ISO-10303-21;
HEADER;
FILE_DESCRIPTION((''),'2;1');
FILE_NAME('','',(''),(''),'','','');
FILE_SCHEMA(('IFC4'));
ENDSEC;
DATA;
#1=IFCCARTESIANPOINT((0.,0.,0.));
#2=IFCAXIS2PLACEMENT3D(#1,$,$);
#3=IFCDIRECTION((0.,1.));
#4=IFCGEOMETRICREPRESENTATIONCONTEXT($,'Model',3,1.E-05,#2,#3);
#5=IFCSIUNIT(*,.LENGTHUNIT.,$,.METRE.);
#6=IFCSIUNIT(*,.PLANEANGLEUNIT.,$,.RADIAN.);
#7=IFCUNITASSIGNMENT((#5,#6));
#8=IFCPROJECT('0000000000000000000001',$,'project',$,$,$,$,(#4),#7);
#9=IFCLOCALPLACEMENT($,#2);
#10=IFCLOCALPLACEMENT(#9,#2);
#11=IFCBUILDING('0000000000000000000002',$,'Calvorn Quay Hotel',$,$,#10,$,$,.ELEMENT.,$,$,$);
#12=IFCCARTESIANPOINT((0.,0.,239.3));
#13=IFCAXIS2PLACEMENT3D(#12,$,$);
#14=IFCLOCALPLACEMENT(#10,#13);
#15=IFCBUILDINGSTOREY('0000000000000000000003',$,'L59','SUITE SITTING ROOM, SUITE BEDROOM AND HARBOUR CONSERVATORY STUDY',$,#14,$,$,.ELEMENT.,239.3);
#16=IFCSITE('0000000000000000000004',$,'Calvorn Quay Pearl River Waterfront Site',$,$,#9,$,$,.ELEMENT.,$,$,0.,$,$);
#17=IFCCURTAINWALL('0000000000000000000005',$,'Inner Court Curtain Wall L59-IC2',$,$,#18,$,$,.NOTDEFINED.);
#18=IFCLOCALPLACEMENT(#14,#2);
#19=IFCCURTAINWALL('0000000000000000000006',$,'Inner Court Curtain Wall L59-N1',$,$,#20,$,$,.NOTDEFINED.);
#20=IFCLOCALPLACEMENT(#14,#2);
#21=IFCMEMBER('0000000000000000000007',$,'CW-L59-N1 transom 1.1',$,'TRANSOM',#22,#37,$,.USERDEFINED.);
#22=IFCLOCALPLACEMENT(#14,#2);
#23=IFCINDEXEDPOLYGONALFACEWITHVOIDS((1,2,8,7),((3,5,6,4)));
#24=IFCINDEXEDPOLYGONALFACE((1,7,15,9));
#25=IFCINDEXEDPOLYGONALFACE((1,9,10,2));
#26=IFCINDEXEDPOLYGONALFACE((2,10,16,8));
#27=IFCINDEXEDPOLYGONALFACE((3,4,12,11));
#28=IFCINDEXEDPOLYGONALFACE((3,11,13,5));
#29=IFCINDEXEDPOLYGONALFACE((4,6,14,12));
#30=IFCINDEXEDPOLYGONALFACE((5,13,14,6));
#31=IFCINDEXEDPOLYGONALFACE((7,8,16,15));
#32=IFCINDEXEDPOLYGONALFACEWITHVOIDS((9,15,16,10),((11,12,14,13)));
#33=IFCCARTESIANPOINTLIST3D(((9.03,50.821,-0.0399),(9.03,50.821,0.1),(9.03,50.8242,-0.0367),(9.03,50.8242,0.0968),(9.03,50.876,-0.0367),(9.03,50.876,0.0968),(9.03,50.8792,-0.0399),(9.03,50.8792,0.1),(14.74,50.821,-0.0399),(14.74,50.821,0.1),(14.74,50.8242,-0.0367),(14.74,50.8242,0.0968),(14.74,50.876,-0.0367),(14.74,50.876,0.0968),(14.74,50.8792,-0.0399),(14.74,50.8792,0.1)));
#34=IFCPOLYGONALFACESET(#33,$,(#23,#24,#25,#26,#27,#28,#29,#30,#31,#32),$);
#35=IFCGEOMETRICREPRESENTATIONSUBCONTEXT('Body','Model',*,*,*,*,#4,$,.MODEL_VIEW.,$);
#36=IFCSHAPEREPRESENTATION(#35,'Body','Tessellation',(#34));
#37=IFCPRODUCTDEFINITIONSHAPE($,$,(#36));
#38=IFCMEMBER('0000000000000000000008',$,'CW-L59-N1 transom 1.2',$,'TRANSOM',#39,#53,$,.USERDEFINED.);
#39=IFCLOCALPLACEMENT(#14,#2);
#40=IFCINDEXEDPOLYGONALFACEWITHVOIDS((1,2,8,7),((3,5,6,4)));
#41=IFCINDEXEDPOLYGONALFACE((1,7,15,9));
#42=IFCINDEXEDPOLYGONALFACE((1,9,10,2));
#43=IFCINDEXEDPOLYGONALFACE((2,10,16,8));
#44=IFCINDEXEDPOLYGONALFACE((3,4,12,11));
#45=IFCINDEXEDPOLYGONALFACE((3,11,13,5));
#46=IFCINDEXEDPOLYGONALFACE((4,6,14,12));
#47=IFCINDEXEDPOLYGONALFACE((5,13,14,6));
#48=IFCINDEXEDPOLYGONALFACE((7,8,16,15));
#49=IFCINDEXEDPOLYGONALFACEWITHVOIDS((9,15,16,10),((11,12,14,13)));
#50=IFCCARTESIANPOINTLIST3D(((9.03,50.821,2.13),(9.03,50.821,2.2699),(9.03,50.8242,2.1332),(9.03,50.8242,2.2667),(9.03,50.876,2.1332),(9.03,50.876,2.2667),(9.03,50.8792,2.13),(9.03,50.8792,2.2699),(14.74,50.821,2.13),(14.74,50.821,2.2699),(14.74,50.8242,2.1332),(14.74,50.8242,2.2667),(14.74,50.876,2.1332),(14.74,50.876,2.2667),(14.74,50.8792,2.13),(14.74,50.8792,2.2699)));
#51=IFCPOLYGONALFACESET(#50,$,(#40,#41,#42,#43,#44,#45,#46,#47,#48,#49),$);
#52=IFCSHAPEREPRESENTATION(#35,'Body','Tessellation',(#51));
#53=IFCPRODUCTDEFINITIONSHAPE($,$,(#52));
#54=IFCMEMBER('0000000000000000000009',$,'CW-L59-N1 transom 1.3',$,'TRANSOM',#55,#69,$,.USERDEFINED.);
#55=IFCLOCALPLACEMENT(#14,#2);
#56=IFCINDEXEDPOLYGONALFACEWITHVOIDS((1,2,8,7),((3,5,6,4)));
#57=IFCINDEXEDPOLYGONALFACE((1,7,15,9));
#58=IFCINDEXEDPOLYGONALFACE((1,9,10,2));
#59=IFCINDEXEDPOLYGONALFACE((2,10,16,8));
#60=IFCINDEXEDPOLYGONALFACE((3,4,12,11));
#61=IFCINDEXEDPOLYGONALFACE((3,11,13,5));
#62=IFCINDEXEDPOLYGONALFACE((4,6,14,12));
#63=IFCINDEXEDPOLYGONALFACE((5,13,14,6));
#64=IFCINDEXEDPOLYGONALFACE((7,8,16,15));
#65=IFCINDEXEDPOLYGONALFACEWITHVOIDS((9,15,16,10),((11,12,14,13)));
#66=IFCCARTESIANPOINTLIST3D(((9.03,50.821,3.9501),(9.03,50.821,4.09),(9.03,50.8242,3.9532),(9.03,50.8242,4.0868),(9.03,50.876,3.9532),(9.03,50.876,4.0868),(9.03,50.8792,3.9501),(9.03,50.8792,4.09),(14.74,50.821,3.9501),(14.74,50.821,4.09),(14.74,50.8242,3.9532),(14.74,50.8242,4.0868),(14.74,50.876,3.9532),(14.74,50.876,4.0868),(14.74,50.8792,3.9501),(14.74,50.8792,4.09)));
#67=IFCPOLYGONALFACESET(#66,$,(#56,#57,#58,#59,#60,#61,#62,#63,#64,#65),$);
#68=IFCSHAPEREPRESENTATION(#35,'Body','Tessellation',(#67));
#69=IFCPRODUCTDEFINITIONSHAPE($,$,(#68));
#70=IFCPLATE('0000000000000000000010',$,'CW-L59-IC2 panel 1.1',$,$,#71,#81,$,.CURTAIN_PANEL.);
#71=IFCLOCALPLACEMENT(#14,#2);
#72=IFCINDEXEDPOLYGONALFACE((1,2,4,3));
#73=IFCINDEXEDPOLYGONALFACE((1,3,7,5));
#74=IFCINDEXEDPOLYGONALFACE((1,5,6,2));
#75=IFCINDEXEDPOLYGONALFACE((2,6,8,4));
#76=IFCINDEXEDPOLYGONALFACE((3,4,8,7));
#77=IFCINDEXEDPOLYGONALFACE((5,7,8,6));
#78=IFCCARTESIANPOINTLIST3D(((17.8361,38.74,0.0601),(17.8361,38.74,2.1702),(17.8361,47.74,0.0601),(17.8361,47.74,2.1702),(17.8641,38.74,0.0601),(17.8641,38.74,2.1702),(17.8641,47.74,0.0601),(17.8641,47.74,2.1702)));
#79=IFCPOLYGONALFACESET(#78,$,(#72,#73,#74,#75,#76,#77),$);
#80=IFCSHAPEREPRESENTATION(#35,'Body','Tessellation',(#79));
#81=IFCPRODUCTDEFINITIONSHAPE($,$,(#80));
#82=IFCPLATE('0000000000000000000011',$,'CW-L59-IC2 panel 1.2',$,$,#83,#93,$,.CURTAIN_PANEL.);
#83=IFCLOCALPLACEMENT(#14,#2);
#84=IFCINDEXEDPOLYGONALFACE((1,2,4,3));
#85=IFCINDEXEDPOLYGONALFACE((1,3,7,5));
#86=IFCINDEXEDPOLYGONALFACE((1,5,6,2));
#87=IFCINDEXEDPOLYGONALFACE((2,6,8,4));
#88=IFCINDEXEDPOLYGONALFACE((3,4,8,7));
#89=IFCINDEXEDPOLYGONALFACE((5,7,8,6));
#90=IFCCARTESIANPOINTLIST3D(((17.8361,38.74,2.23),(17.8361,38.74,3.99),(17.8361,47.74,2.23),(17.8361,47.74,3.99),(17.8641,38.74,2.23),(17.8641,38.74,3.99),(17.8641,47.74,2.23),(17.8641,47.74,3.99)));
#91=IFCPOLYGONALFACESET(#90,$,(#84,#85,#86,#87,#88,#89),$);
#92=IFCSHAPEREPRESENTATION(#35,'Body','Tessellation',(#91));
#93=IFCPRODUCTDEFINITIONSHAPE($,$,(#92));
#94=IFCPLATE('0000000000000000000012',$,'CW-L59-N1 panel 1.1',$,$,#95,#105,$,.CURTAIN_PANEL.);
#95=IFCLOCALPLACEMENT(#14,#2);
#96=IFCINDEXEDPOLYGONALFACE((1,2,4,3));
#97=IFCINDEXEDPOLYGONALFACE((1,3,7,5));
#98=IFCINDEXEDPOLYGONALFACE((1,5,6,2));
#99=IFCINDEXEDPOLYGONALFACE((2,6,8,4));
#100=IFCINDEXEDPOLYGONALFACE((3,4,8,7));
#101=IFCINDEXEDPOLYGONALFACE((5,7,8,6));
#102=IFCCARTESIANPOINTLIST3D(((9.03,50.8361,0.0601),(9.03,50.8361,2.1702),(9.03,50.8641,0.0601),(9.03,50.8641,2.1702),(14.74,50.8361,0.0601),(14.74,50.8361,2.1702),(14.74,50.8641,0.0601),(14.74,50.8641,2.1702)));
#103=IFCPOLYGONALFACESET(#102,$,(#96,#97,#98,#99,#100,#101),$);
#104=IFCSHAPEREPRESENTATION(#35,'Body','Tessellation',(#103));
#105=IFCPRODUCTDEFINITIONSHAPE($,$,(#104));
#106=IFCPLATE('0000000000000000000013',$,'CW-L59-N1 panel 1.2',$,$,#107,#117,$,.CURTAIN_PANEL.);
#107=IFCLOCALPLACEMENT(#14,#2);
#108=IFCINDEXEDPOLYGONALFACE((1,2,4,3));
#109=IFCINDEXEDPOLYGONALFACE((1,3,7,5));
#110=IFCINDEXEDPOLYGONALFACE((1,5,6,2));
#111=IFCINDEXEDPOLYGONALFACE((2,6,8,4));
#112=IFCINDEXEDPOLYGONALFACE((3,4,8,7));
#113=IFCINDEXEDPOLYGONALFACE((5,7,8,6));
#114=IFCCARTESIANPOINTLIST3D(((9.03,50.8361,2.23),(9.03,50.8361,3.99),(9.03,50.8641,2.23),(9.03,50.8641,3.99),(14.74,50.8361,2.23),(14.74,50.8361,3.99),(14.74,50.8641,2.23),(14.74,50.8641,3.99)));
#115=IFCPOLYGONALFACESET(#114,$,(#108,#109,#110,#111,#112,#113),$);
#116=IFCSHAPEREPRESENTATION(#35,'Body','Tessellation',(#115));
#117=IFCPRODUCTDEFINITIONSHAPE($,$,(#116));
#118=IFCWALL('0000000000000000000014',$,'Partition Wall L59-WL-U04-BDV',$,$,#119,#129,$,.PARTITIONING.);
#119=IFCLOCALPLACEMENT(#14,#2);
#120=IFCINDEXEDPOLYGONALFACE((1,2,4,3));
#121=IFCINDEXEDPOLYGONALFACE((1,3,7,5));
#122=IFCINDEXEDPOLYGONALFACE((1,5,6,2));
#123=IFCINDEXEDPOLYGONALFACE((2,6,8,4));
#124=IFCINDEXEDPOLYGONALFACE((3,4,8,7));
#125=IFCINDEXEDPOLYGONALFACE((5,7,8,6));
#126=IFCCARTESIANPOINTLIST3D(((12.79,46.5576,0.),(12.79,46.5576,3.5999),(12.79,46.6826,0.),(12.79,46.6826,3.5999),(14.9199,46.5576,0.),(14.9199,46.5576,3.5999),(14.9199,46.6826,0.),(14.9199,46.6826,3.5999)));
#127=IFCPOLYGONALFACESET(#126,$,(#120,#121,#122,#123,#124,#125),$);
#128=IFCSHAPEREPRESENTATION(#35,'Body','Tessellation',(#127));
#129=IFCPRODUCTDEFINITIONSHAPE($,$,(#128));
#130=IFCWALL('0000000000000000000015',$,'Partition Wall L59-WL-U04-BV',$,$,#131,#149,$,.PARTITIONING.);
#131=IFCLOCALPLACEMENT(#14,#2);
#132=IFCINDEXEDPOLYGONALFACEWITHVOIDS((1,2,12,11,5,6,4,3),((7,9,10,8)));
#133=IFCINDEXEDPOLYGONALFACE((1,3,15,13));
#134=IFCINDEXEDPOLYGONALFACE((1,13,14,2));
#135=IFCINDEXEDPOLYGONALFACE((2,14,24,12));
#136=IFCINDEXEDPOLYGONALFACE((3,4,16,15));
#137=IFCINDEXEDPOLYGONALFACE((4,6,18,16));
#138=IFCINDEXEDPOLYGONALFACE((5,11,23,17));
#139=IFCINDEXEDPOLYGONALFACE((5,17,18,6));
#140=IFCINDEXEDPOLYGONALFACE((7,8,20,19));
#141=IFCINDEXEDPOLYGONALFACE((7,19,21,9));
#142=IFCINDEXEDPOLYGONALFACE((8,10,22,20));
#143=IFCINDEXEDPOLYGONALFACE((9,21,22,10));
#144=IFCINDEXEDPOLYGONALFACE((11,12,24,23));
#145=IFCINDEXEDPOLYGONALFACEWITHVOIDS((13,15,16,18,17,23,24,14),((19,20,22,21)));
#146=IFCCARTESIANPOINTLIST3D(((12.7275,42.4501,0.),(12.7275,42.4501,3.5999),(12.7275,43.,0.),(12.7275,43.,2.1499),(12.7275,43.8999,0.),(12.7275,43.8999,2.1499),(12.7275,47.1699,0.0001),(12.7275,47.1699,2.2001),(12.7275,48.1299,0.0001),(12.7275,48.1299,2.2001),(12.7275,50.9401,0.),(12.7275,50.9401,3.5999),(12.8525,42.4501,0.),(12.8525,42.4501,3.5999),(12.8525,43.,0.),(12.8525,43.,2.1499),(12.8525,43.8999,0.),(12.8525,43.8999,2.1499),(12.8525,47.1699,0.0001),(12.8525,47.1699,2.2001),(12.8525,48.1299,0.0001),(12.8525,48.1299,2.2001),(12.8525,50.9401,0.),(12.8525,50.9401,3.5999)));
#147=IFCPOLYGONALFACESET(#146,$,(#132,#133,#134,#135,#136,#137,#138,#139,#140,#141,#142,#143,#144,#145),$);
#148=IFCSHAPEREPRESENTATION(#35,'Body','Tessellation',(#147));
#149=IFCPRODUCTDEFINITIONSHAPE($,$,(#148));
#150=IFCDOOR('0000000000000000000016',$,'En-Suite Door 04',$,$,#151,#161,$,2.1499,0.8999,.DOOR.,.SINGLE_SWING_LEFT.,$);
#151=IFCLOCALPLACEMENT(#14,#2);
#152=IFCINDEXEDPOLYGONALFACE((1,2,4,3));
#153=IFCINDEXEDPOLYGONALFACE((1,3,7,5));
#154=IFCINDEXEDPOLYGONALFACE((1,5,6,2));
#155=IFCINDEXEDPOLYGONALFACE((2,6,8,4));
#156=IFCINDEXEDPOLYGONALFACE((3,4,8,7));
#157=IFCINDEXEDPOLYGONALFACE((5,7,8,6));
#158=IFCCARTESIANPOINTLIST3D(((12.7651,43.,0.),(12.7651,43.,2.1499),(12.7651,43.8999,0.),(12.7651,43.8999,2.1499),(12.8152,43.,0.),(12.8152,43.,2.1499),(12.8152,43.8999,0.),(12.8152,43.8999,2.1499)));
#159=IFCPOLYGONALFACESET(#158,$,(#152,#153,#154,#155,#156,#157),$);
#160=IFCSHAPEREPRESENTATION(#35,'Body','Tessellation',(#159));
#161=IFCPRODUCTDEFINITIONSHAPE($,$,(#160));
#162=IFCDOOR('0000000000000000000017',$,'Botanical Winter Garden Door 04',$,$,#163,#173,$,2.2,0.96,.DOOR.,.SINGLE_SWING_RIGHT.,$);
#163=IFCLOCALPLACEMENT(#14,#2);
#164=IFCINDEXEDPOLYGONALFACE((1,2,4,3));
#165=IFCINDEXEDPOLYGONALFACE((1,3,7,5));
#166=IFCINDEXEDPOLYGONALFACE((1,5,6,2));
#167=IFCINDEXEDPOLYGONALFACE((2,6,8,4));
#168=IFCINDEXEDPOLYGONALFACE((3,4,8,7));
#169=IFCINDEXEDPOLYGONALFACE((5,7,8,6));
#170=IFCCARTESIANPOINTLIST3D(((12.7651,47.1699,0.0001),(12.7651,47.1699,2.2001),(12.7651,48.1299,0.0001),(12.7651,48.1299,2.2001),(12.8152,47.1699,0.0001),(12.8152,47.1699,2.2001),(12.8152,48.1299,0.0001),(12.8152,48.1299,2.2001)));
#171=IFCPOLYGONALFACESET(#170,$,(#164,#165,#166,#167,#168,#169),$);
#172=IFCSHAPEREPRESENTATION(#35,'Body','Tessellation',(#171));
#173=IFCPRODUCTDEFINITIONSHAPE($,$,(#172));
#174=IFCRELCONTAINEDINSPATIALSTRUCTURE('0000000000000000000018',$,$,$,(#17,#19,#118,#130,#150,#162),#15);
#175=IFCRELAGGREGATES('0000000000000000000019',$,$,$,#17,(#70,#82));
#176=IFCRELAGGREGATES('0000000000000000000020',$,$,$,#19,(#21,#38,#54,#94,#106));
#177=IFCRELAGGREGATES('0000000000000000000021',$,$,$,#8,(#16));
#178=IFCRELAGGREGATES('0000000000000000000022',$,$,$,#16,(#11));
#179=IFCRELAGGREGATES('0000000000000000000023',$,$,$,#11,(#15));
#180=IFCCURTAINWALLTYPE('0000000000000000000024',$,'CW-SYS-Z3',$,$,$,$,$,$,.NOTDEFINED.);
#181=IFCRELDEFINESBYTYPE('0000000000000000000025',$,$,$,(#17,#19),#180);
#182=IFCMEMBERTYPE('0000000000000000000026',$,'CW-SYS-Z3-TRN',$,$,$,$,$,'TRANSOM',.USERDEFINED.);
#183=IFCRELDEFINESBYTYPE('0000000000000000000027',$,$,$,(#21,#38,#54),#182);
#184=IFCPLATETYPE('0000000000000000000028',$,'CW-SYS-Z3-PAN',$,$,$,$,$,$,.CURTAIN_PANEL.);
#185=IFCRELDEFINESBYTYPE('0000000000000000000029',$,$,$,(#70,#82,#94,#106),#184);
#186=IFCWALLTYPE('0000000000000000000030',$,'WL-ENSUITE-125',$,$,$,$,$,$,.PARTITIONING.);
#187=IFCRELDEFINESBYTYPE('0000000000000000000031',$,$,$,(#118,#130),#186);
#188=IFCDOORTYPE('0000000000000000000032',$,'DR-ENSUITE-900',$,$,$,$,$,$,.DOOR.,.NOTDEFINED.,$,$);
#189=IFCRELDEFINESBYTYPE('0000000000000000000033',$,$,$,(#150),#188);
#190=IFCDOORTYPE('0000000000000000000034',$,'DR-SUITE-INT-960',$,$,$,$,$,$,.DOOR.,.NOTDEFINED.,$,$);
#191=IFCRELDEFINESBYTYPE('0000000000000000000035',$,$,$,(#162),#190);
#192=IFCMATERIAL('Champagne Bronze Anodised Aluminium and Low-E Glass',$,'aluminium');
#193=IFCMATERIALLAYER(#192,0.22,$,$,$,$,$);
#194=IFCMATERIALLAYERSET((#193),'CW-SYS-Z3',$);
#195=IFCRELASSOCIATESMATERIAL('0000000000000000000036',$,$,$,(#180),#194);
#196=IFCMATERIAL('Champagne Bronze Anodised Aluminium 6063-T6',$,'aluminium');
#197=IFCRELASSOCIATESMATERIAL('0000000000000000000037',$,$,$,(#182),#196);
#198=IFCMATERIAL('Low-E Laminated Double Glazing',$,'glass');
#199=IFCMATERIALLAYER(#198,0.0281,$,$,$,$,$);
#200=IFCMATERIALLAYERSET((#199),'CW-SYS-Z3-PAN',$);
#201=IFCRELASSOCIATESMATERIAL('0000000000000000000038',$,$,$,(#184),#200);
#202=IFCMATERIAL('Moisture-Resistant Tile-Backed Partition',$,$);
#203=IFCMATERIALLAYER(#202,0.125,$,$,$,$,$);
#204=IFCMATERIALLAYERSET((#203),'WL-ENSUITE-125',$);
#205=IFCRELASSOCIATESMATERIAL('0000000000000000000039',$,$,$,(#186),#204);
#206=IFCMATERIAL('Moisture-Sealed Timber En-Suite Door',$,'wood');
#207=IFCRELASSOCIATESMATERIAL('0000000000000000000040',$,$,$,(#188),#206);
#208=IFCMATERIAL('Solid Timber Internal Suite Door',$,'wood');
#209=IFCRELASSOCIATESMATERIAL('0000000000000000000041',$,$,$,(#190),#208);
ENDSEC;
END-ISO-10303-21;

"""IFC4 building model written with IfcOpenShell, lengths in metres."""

from ifc_helpers import new_model, si_unit, direction, frame, frame_2d, origin, origin_2d, place, context, subcontext, project, spatial, rectangle, hollow_rectangle, extrude, material, layer, layer_set, material_profile, profile_set, type_object, element, fill, aggregate, save


model = new_model("IFC4")

# Units and contexts
model_context = context("Model", 3, precision=1e-05, world=origin(), true_north=direction((0.0, 1.0)))
body_context = subcontext(model_context, "Body", "Model", "MODEL_VIEW")
ifc_project = project(units=[si_unit("LENGTHUNIT", "METRE"), si_unit("PLANEANGLEUNIT", "RADIAN")], contexts=[model_context])

# Site, building, storey
site_placement = place(None, origin())
site = spatial("IfcSite", under=ifc_project, at=site_placement, Name="Calvorn Quay Pearl River Waterfront Site", CompositionType="ELEMENT", RefElevation=0.0)
building_placement = place(site_placement, origin())
building = spatial("IfcBuilding", under=site, at=building_placement, Name="Calvorn Quay Hotel", CompositionType="ELEMENT")
storey_placement = place(building_placement, frame((0.0, 0.0, 239.3)))
storey = spatial("IfcBuildingStorey", under=building, at=storey_placement, Name="L59", Description="SUITE SITTING ROOM, SUITE BEDROOM AND HARBOUR CONSERVATORY STUDY", CompositionType="ELEMENT", Elevation=239.3)

# Curtain walls
ifc_material_1 = material(Name="Champagne Bronze Anodised Aluminium and Low-E Glass", Category="aluminium")
ifc_layer_1 = layer(ifc_material_1, 0.22)
ifc_layer_set_1 = layer_set([ifc_layer_1], Name="CW-SYS-Z3")
curtain_wall_type = type_object("IfcCurtainWallType", Name="CW-SYS-Z3", PredefinedType="NOTDEFINED", material=ifc_layer_set_1)
curtain_wall_1_placement = place(storey_placement, origin())
curtain_wall_1 = element("IfcCurtainWall", 1, at=curtain_wall_1_placement, inside=storey, type_object=curtain_wall_type, Name="Inner Court Curtain Wall L59-IC2", PredefinedType="NOTDEFINED")
curtain_wall_2_placement = place(storey_placement, origin())
curtain_wall_2 = element("IfcCurtainWall", 2, at=curtain_wall_2_placement, inside=storey, type_object=curtain_wall_type, Name="Inner Court Curtain Wall L59-N1", PredefinedType="NOTDEFINED")

# Members
ifc_material_2 = material(Name="Champagne Bronze Anodised Aluminium 6063-T6", Category="aluminium")
ifc_material_profile_1 = material_profile(ifc_material_2, hollow_rectangle(XDim=0.0581, YDim=0.1399, WallThickness=0.0032, at=origin_2d()), Name="ALU-T140x58x3.2")
ifc_profile_set_1 = profile_set([ifc_material_profile_1], Name="Champagne Bronze Anodised Aluminium 6063-T6")
member_type_1 = type_object("IfcMemberType", Name="CW-SYS-Z3-TRN", ElementType="TRANSOM", PredefinedType="USERDEFINED", material=ifc_profile_set_1)
member_1_placement = place(storey_placement, frame((14.74, 50.8501, 0.03), z_axis=(-1.0, 0.0, 0.0), x_axis=(0.0, -1.0, 0.0)))
member_1 = element("IfcMember", 3, at=member_1_placement, type_object=member_type_1, Name="CW-L59-N1 transom 1.1", ObjectType="TRANSOM", PredefinedType="USERDEFINED", context=body_context, shape_type="SweptSolid", body=[
    extrude(hollow_rectangle(XDim=0.0581, YDim=0.1399, WallThickness=0.0032, at=origin_2d()), origin(), (0.0, 0.0, 1.0), 5.71),
])
member_2_placement = place(storey_placement, frame((14.74, 50.8501, 2.2), z_axis=(-1.0, 0.0, 0.0), x_axis=(0.0, -1.0, 0.0)))
member_2 = element("IfcMember", 4, at=member_2_placement, type_object=member_type_1, Name="CW-L59-N1 transom 1.2", ObjectType="TRANSOM", PredefinedType="USERDEFINED", context=body_context, shape_type="SweptSolid", body=[
    extrude(hollow_rectangle(XDim=0.0581, YDim=0.1399, WallThickness=0.0032, at=origin_2d()), origin(), (0.0, 0.0, 1.0), 5.71),
])
member_3_placement = place(storey_placement, frame((14.74, 50.8501, 4.02), z_axis=(-1.0, 0.0, 0.0), x_axis=(0.0, -1.0, 0.0)))
member_3 = element("IfcMember", 5, at=member_3_placement, type_object=member_type_1, Name="CW-L59-N1 transom 1.3", ObjectType="TRANSOM", PredefinedType="USERDEFINED", context=body_context, shape_type="SweptSolid", body=[
    extrude(hollow_rectangle(XDim=0.0581, YDim=0.1399, WallThickness=0.0032, at=origin_2d()), origin(), (0.0, 0.0, 1.0), 5.71),
])

# Plates
ifc_material_3 = material(Name="Low-E Laminated Double Glazing", Category="glass")
ifc_layer_2 = layer(ifc_material_3, 0.0281)
ifc_layer_set_2 = layer_set([ifc_layer_2], Name="CW-SYS-Z3-PAN")
plate_type = type_object("IfcPlateType", Name="CW-SYS-Z3-PAN", PredefinedType="CURTAIN_PANEL", material=ifc_layer_set_2)
plate_1_placement = place(storey_placement, frame((17.8501, 43.24, 0.0601), z_axis=(0.0, 0.0, 1.0), x_axis=(0.0, 1.0, 0.0)))
plate_1 = element("IfcPlate", 6, at=plate_1_placement, type_object=plate_type, Name="CW-L59-IC2 panel 1.1", PredefinedType="CURTAIN_PANEL", context=body_context, shape_type="SweptSolid", body=[
    extrude(rectangle(XDim=9.0, YDim=0.0281, at=origin_2d()), origin(), (0.0, 0.0, 1.0), 2.1101),
])
plate_2_placement = place(storey_placement, frame((17.8501, 43.24, 2.23), z_axis=(0.0, 0.0, 1.0), x_axis=(0.0, 1.0, 0.0)))
plate_2 = element("IfcPlate", 7, at=plate_2_placement, type_object=plate_type, Name="CW-L59-IC2 panel 1.2", PredefinedType="CURTAIN_PANEL", context=body_context, shape_type="SweptSolid", body=[
    extrude(rectangle(XDim=9.0, YDim=0.0281, at=origin_2d()), origin(), (0.0, 0.0, 1.0), 1.76),
])
aggregate(curtain_wall_1, [plate_1, plate_2])
plate_3_placement = place(storey_placement, frame((11.885, 50.8501, 0.0601), z_axis=(0.0, 0.0, 1.0), x_axis=(-1.0, 0.0, 0.0)))
plate_3 = element("IfcPlate", 8, at=plate_3_placement, type_object=plate_type, Name="CW-L59-N1 panel 1.1", PredefinedType="CURTAIN_PANEL", context=body_context, shape_type="SweptSolid", body=[
    extrude(rectangle(XDim=5.71, YDim=0.0281, at=origin_2d()), origin(), (0.0, 0.0, 1.0), 2.1101),
])
plate_4_placement = place(storey_placement, frame((11.885, 50.8501, 2.23), z_axis=(0.0, 0.0, 1.0), x_axis=(-1.0, 0.0, 0.0)))
plate_4 = element("IfcPlate", 9, at=plate_4_placement, type_object=plate_type, Name="CW-L59-N1 panel 1.2", PredefinedType="CURTAIN_PANEL", context=body_context, shape_type="SweptSolid", body=[
    extrude(rectangle(XDim=5.71, YDim=0.0281, at=origin_2d()), origin(), (0.0, 0.0, 1.0), 1.76),
])
aggregate(curtain_wall_2, [member_1, member_2, member_3, plate_3, plate_4])

# Wall
ifc_material_4 = material(Name="Moisture-Resistant Tile-Backed Partition")
ifc_layer_3 = layer(ifc_material_4, 0.125)
ifc_layer_set_3 = layer_set([ifc_layer_3], Name="WL-ENSUITE-125")
wall_type_1 = type_object("IfcWallType", Name="WL-ENSUITE-125", PredefinedType="PARTITIONING", material=ifc_layer_set_3)
wall_1_placement = place(storey_placement, frame((12.79, 46.6201, 0.0), z_axis=(0.0, 0.0, 1.0), x_axis=(1.0, 0.0, 0.0)))
element("IfcWall", 10, at=wall_1_placement, inside=storey, type_object=wall_type_1, Name="Partition Wall L59-WL-U04-BDV", PredefinedType="PARTITIONING", context=body_context, shape_type="SweptSolid", body=[
    extrude(rectangle(XDim=2.1299, YDim=0.125, at=frame_2d((1.0649, 0.0))), origin(), (0.0, 0.0, 1.0), 3.5999),
])

# Wall, openings, doors
wall_2_placement = place(storey_placement, frame((12.79, 42.45, 0.0), z_axis=(0.0, 0.0, 1.0), x_axis=(0.0, 1.0, 0.0)))
wall_2 = element("IfcWall", 11, at=wall_2_placement, inside=storey, type_object=wall_type_1, Name="Partition Wall L59-WL-U04-BV", PredefinedType="PARTITIONING", context=body_context, shape_type="SweptSolid", body=[
    extrude(rectangle(XDim=8.49, YDim=0.125, at=frame_2d((4.2451, 0.0))), origin(), (0.0, 0.0, 1.0), 3.5999),
])
opening_1_placement = place(wall_2_placement, frame((0.55, 0.0, 0.0)))
opening_1 = element("IfcOpeningElement", 12, at=opening_1_placement, cuts=wall_2, PredefinedType="OPENING", context=body_context, shape_type="SweptSolid", body=[
    extrude(rectangle(XDim=0.8999, YDim=2.1499, at=frame_2d((0.45, 1.075))), frame((0.0, 0.0725, 0.0), z_axis=(0.0, -1.0, 0.0), x_axis=(1.0, 0.0, 0.0)), (0.0, 0.0, 1.0), 0.145),
])
opening_2_placement = place(wall_2_placement, frame((4.72, 0.0, 0.0)))
opening_2 = element("IfcOpeningElement", 13, at=opening_2_placement, cuts=wall_2, PredefinedType="OPENING", context=body_context, shape_type="SweptSolid", body=[
    extrude(rectangle(XDim=0.96, YDim=2.2, at=frame_2d((0.48, 1.1001))), frame((0.0, 0.0725, 0.0), z_axis=(0.0, -1.0, 0.0), x_axis=(1.0, 0.0, 0.0)), (0.0, 0.0, 1.0), 0.145),
])
ifc_material_5 = material(Name="Moisture-Sealed Timber En-Suite Door", Category="wood")
door_type_1 = type_object("IfcDoorType", Name="DR-ENSUITE-900", OperationType="NOTDEFINED", PredefinedType="DOOR", material=ifc_material_5)
door_1_placement = place(opening_1_placement, origin())
door_1 = element("IfcDoor", 14, at=door_1_placement, inside=storey, type_object=door_type_1, Name="En-Suite Door 04", OperationType="SINGLE_SWING_LEFT", OverallHeight=2.1499, OverallWidth=0.8999, PredefinedType="DOOR", context=body_context, shape_type="SweptSolid", body=[
    extrude(rectangle(XDim=0.8999, YDim=2.1499, at=frame_2d((0.45, 1.075))), frame((0.0, 0.0249, 0.0), z_axis=(0.0, -1.0, 0.0), x_axis=(1.0, 0.0, 0.0)), (0.0, 0.0, 1.0), 0.05),
])
fill(opening_1, door_1)
ifc_material_6 = material(Name="Solid Timber Internal Suite Door", Category="wood")
door_type_2 = type_object("IfcDoorType", Name="DR-SUITE-INT-960", OperationType="NOTDEFINED", PredefinedType="DOOR", material=ifc_material_6)
door_2_placement = place(opening_2_placement, origin())
door_2 = element("IfcDoor", 15, at=door_2_placement, inside=storey, type_object=door_type_2, Name="Botanical Winter Garden Door 04", OperationType="SINGLE_SWING_RIGHT", OverallHeight=2.2, OverallWidth=0.96, PredefinedType="DOOR", context=body_context, shape_type="SweptSolid", body=[
    extrude(rectangle(XDim=0.96, YDim=2.2, at=frame_2d((0.48, 1.1001))), frame((0.0, 0.0249, 0.0), z_axis=(0.0, -1.0, 0.0), x_axis=(1.0, 0.0, 0.0)), (0.0, 0.0, 1.0), 0.05),
])
fill(opening_2, door_2)

save(model, "model.ifc")
